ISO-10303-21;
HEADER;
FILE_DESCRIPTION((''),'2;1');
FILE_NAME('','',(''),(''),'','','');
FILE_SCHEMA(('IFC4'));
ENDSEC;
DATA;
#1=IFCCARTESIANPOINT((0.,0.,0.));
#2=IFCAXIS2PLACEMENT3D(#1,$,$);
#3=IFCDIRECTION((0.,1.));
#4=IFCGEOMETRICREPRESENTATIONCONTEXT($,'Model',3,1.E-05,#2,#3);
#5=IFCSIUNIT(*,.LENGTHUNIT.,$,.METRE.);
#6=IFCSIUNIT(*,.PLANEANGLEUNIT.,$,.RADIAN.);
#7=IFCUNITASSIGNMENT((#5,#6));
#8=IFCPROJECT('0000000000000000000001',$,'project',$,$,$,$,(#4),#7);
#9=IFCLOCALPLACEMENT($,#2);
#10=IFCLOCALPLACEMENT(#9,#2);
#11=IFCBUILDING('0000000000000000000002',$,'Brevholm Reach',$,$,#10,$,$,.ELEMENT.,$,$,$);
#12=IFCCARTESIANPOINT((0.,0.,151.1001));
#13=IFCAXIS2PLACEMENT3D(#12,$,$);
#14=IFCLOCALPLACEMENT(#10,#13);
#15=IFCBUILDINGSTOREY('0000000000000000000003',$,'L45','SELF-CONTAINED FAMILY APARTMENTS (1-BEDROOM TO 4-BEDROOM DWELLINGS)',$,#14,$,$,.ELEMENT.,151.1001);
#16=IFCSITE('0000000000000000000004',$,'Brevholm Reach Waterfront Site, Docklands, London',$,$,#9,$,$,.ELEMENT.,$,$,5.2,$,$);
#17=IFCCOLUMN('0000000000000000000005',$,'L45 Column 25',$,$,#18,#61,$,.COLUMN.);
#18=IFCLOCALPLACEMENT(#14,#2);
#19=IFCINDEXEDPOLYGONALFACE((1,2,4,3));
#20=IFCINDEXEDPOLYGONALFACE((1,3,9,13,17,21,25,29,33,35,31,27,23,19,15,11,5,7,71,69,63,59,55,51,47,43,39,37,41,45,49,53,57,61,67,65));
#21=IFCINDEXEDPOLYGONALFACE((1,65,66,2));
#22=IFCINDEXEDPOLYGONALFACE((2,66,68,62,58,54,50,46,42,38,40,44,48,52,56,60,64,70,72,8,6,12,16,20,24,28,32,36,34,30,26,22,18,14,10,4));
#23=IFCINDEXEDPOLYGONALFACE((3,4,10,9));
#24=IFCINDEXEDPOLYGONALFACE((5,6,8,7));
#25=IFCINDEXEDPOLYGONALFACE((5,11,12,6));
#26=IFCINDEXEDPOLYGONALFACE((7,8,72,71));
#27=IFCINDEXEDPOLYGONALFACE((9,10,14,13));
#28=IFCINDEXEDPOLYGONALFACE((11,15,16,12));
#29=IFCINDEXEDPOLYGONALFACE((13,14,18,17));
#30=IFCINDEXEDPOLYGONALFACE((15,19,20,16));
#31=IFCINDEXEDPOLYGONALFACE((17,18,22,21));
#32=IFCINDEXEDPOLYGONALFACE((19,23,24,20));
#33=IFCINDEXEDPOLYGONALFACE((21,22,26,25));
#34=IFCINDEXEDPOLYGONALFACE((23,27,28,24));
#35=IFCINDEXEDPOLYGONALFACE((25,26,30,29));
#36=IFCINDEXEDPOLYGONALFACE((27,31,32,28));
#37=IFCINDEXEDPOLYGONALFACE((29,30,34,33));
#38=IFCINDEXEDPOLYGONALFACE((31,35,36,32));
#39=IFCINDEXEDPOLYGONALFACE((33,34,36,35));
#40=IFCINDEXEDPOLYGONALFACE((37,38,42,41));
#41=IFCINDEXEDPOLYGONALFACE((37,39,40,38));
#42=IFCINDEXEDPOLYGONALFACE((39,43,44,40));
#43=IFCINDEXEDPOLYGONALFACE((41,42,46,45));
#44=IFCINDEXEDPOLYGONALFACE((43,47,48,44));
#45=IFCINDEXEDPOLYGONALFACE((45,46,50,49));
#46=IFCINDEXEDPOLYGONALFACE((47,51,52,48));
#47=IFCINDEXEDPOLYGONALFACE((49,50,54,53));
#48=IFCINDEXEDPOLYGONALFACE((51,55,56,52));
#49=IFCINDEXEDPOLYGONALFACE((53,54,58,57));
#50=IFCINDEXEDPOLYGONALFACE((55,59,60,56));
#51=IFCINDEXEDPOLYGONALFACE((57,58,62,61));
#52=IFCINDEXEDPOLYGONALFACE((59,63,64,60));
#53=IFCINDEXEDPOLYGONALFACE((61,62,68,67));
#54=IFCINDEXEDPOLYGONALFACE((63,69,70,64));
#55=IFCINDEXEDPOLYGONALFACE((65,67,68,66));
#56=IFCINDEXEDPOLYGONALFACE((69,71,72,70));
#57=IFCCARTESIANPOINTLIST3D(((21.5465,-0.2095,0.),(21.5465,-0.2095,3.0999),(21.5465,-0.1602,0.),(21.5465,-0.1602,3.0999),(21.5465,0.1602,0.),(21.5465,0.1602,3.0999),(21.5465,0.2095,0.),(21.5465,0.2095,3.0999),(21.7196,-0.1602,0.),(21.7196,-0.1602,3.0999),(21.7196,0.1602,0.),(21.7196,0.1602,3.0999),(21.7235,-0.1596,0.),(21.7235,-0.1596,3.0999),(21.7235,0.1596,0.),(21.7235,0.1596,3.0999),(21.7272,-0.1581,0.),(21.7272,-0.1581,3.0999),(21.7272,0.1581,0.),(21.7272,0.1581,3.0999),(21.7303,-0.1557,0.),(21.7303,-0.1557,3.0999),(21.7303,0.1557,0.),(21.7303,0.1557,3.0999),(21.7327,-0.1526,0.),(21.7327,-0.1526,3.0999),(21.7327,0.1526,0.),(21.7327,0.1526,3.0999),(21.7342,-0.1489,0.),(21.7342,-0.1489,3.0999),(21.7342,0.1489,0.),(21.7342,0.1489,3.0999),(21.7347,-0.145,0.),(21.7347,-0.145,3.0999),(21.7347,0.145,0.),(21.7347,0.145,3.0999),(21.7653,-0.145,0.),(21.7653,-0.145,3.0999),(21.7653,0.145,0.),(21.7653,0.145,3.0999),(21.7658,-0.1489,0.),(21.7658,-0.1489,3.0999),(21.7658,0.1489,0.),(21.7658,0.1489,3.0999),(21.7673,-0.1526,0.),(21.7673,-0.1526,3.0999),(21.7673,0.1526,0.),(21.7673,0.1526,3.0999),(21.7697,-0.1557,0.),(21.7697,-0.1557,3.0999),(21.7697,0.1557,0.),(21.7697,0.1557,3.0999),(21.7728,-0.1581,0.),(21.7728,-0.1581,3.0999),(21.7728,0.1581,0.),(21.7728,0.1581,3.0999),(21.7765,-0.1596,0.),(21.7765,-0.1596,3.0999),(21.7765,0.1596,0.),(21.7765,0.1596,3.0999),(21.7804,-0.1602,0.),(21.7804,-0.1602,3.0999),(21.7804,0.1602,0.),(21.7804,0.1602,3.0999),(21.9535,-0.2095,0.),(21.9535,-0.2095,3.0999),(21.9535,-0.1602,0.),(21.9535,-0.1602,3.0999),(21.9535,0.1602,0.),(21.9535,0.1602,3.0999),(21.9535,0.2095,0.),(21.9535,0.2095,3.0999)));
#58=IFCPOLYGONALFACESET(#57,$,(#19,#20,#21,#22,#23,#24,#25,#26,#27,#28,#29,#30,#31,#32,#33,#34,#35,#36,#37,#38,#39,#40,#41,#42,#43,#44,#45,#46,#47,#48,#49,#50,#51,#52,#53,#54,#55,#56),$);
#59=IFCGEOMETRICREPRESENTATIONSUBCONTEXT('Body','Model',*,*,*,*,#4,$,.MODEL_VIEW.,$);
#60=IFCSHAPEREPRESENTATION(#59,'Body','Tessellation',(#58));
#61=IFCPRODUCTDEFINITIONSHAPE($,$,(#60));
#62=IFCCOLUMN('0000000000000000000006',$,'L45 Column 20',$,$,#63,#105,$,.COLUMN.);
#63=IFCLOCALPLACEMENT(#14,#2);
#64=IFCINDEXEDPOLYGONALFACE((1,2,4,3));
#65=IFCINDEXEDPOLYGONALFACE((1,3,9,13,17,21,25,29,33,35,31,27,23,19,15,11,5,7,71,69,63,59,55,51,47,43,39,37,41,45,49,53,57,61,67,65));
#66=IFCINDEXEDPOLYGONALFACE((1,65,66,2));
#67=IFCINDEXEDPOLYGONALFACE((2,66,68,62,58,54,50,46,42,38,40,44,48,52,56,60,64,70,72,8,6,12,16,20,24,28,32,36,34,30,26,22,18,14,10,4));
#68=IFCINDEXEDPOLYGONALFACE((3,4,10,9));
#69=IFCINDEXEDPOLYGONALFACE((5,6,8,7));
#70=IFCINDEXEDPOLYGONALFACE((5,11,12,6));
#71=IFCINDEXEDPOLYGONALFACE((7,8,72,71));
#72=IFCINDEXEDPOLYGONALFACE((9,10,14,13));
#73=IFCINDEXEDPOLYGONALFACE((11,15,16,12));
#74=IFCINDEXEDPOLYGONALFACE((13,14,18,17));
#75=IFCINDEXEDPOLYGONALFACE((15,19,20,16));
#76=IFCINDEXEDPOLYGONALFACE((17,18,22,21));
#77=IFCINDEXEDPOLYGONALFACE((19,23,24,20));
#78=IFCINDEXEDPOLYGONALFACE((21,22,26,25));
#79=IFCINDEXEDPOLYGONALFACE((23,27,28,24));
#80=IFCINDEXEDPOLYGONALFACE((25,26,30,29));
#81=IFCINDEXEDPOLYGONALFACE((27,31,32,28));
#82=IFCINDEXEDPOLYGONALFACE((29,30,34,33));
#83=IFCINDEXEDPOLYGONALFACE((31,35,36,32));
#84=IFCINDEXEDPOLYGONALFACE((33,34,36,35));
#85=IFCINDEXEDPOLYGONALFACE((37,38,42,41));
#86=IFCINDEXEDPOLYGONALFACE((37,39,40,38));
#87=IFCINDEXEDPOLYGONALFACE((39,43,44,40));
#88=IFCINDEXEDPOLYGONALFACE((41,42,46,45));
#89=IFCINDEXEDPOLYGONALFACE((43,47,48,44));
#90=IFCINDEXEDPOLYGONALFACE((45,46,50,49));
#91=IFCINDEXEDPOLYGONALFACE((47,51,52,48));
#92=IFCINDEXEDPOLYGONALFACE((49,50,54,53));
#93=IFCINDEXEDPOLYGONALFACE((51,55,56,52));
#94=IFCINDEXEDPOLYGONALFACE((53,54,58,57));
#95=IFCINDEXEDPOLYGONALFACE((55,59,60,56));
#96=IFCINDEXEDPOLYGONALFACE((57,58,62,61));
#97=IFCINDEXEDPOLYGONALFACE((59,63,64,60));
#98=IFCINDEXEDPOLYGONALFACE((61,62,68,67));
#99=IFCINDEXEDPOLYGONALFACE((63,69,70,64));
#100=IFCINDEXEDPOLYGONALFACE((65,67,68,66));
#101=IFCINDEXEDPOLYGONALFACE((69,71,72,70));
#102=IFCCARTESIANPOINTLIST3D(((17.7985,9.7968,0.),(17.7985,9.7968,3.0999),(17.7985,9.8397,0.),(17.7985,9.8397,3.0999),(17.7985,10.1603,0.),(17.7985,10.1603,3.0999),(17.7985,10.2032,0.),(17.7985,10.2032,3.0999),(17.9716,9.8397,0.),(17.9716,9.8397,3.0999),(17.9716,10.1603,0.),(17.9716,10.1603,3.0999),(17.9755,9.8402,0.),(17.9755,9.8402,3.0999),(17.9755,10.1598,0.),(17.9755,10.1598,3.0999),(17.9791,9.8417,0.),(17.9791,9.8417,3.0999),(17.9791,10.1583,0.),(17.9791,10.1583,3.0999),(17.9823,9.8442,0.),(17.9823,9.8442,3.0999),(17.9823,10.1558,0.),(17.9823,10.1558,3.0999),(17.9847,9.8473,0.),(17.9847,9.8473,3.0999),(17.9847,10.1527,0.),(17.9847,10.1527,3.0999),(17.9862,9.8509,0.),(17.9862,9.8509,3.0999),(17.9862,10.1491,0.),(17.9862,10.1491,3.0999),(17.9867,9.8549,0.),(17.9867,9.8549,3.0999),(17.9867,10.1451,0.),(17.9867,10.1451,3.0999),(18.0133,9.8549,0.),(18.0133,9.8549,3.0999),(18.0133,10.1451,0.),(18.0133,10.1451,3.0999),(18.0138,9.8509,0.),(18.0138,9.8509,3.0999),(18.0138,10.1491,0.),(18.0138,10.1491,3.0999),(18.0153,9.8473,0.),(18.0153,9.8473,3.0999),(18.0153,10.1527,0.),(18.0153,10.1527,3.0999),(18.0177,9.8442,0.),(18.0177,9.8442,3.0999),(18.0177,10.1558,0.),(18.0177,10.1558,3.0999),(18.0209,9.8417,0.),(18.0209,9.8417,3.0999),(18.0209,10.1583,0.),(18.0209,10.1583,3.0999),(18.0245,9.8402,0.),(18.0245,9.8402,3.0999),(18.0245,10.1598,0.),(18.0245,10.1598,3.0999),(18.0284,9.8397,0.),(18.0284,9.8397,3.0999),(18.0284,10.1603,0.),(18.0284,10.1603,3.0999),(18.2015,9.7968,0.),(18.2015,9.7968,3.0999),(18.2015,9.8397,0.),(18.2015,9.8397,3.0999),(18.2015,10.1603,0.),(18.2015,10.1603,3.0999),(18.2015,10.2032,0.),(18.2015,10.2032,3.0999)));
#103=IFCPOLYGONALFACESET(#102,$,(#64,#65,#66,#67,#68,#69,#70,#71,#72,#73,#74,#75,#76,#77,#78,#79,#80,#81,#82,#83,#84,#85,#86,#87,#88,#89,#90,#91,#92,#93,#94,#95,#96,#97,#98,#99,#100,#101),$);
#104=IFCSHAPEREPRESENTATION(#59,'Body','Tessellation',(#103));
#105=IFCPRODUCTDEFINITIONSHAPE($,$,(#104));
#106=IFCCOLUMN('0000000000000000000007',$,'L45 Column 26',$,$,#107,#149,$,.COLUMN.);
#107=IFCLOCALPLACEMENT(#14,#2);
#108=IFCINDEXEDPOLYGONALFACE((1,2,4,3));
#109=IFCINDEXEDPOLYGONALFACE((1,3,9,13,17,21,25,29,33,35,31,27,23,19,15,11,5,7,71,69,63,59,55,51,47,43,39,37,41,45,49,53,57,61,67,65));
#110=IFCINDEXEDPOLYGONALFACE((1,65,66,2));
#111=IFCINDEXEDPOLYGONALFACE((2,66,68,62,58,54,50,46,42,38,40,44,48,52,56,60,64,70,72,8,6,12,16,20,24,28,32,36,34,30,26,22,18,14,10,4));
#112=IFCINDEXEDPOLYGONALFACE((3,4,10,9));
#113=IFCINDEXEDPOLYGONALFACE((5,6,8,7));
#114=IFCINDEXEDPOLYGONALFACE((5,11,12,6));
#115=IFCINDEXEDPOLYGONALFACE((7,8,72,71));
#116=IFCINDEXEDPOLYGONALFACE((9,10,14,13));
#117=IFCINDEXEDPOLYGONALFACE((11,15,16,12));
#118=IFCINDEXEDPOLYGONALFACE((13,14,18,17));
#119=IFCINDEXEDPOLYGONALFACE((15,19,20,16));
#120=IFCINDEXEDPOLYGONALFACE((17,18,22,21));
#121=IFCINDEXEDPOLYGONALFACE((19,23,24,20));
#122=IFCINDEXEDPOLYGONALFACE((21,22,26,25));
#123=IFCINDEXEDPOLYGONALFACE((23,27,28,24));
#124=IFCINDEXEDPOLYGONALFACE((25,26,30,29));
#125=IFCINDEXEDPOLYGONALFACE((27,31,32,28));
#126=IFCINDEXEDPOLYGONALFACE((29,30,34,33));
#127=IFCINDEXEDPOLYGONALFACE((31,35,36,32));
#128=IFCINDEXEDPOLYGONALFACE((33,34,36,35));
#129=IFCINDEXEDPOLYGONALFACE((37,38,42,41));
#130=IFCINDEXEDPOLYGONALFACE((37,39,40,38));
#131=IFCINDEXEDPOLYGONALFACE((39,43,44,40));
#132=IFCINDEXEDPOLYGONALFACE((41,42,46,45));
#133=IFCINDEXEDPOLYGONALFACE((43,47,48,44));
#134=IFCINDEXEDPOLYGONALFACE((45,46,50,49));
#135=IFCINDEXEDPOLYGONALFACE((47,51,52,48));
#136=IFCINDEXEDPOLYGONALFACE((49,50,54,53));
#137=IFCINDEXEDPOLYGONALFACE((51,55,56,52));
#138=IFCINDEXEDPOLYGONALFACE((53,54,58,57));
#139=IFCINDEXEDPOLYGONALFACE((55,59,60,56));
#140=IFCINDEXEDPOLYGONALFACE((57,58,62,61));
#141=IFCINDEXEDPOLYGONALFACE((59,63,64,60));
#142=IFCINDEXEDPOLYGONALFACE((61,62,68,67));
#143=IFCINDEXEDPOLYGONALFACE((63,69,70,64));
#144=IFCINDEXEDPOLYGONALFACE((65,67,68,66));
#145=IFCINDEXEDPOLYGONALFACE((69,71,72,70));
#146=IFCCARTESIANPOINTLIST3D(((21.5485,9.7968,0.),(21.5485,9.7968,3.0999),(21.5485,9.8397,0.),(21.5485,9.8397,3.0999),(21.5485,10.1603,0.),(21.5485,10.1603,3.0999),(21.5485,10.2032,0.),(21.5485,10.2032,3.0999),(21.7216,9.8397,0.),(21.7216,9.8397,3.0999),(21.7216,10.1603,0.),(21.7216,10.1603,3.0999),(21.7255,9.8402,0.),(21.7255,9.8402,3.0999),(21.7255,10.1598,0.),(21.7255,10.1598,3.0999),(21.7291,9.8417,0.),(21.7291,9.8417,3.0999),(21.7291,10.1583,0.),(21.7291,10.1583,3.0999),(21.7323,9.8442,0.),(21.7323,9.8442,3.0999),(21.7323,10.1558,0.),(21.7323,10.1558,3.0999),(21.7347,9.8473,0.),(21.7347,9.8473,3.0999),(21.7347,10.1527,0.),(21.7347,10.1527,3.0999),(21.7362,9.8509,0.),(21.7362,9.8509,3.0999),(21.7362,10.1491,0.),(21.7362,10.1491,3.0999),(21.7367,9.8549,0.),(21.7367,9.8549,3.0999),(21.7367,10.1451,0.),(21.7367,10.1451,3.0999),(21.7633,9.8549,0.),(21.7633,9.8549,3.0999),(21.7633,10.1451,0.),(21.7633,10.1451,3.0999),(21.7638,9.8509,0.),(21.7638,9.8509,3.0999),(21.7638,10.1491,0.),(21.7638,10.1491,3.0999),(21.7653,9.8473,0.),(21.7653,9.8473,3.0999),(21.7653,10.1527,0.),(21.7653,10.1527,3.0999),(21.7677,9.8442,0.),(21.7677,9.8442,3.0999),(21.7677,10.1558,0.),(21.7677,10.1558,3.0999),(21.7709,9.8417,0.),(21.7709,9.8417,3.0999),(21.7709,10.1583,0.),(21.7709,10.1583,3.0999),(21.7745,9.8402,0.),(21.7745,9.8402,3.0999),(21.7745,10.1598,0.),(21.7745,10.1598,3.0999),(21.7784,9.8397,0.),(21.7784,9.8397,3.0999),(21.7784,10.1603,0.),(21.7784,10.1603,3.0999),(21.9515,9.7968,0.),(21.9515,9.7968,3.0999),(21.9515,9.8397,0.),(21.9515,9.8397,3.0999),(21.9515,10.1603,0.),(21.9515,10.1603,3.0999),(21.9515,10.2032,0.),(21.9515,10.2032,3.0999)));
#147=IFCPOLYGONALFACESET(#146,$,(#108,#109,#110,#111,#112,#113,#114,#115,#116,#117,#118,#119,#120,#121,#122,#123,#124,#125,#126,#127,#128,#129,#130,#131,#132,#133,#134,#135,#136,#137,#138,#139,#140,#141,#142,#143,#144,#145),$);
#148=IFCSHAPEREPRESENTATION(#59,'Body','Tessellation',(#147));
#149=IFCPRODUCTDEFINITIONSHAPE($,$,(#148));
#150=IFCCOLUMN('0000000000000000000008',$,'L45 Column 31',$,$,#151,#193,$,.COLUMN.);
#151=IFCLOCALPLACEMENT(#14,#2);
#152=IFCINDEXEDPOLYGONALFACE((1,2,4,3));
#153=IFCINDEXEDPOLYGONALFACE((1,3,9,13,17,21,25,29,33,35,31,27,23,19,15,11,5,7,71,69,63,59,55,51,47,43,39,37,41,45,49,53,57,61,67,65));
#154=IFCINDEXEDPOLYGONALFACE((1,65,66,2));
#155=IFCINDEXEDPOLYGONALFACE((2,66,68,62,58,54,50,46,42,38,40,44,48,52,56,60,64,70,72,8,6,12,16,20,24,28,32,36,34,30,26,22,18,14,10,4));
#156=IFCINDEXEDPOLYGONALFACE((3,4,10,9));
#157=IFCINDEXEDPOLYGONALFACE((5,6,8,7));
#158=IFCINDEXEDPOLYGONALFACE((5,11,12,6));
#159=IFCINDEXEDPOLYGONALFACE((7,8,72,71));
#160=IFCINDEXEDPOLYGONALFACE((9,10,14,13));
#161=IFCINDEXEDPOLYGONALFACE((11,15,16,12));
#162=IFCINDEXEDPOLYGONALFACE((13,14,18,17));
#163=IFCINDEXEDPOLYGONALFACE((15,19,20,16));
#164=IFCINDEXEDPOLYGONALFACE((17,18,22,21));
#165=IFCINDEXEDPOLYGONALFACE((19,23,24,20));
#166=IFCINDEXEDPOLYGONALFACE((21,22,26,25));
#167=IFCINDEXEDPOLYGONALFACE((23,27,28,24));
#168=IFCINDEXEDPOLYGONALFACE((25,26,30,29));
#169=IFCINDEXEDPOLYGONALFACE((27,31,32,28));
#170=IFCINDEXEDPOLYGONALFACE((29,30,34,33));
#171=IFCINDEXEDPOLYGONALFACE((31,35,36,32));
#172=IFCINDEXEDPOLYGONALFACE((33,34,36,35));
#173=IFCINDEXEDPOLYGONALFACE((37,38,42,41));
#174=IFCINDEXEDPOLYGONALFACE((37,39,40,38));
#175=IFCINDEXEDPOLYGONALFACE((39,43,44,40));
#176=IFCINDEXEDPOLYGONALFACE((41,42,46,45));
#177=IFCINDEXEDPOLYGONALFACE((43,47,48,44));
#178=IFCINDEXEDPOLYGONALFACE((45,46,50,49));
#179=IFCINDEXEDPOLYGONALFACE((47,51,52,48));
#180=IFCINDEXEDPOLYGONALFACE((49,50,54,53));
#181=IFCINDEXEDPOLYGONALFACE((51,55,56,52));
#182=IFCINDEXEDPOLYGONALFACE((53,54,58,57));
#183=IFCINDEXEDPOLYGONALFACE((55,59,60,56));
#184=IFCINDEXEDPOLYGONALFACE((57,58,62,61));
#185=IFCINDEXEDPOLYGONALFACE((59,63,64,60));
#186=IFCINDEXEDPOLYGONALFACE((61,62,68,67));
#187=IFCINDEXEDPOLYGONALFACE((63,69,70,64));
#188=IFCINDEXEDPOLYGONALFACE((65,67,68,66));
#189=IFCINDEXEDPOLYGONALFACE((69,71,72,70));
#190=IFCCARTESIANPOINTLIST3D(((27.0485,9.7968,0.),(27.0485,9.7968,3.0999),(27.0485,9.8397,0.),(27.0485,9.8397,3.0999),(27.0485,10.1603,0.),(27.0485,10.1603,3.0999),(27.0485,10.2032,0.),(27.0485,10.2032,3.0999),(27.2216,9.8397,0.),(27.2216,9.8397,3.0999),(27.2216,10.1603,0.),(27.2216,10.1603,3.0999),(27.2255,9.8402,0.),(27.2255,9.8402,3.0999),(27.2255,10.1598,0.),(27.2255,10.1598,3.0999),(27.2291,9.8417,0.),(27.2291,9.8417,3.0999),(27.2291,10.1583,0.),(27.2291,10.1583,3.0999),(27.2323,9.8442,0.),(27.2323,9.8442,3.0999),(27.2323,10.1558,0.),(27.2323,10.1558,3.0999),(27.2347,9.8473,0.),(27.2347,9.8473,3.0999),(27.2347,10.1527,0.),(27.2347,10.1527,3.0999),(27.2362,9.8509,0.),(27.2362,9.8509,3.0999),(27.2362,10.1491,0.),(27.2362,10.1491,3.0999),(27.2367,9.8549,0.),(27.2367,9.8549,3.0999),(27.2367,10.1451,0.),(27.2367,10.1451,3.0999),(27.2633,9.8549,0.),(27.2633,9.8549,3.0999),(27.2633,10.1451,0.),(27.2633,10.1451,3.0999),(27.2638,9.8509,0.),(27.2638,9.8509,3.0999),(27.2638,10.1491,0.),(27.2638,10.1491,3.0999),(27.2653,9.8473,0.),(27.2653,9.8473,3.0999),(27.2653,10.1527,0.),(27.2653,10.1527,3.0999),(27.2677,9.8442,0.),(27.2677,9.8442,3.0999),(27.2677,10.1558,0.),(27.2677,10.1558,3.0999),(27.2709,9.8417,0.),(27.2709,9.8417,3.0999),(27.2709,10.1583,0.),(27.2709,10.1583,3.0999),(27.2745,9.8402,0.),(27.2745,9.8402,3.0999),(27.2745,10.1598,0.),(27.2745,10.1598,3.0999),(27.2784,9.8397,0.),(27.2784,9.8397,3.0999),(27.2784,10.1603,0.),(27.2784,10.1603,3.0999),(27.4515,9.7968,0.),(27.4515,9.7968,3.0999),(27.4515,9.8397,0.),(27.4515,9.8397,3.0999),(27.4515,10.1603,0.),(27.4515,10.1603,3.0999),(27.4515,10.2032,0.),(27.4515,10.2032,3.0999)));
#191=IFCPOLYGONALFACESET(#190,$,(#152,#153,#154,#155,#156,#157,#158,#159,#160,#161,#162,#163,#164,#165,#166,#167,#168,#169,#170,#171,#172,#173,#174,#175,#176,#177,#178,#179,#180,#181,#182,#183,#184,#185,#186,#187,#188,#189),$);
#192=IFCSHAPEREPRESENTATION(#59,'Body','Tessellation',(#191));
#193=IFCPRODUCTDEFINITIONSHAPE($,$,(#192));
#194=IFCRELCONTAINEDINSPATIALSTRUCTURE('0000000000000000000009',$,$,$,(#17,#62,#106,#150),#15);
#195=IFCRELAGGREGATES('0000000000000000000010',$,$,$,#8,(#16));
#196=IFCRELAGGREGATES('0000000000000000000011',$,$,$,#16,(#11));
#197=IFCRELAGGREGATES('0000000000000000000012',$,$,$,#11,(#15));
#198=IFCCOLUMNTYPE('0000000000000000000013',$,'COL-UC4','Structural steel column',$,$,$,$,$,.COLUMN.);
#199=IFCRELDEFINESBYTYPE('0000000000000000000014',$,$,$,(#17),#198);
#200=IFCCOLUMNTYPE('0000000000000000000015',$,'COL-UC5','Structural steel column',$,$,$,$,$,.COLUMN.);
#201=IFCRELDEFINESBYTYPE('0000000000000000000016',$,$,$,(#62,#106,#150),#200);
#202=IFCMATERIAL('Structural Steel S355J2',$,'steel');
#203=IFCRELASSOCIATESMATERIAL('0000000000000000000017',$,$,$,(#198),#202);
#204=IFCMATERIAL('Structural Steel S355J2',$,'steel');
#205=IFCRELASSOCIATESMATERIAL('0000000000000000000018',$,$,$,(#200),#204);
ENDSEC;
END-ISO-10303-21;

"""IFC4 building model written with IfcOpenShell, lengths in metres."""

from ifc_helpers import new_model, si_unit, direction, frame, origin, origin_2d, place, context, subcontext, project, spatial, i_section, extrude, material, material_profile, profile_set, type_object, element, save


model = new_model("IFC4")

# Units and contexts
model_context = context("Model", 3, precision=1e-05, world=origin(), true_north=direction((0.0, 1.0)))
body_context = subcontext(model_context, "Body", "Model", "MODEL_VIEW")
ifc_project = project(units=[si_unit("LENGTHUNIT", "METRE"), si_unit("PLANEANGLEUNIT", "RADIAN")], contexts=[model_context])

# Site, building, storey
site_placement = place(None, origin())
site = spatial("IfcSite", under=ifc_project, at=site_placement, Name="Brevholm Reach Waterfront Site, Docklands, London", CompositionType="ELEMENT", RefElevation=5.2)
building_placement = place(site_placement, origin())
building = spatial("IfcBuilding", under=site, at=building_placement, Name="Brevholm Reach", CompositionType="ELEMENT")
storey_placement = place(building_placement, frame((0.0, 0.0, 151.1001)))
storey = spatial("IfcBuildingStorey", under=building, at=storey_placement, Name="L45", Description="SELF-CONTAINED FAMILY APARTMENTS (1-BEDROOM TO 4-BEDROOM DWELLINGS)", CompositionType="ELEMENT", Elevation=151.1001)

# Columns
ifc_material_1 = material(Name="Structural Steel S355J2", Category="steel")
ifc_material_profile_1 = material_profile(ifc_material_1, i_section(OverallWidth=0.407, OverallDepth=0.4189, WebThickness=0.0305, FlangeThickness=0.0493, FilletRadius=0.0151, at=origin_2d()), Name="UKC 356x406x393")
ifc_profile_set_1 = profile_set([ifc_material_profile_1], Name="Structural Steel S355J2")
column_type_1 = type_object("IfcColumnType", Name="COL-UC4", Description="Structural steel column", PredefinedType="COLUMN", material=ifc_profile_set_1)
column_placement = place(storey_placement, frame((21.75, 0.0, 0.0), z_axis=(0.0, 0.0, 1.0), x_axis=(1.0, 0.0, 0.0)))
element("IfcColumn", 1, at=column_placement, inside=storey, type_object=column_type_1, Name="L45 Column 25", PredefinedType="COLUMN", context=body_context, shape_type="SweptSolid", body=[
    extrude(i_section(OverallWidth=0.407, OverallDepth=0.4189, WebThickness=0.0305, FlangeThickness=0.0493, FilletRadius=0.0151, at=origin_2d()), origin(), (0.0, 0.0, 1.0), 3.0999),
])
ifc_material_2 = material(Name="Structural Steel S355J2", Category="steel")
ifc_material_profile_2 = material_profile(ifc_material_2, i_section(OverallWidth=0.4031, OverallDepth=0.4065, WebThickness=0.0266, FlangeThickness=0.043, FilletRadius=0.0151, at=origin_2d()), Name="UKC 356x406x340")
ifc_profile_set_2 = profile_set([ifc_material_profile_2], Name="Structural Steel S355J2")
column_type_2 = type_object("IfcColumnType", Name="COL-UC5", Description="Structural steel column", PredefinedType="COLUMN", material=ifc_profile_set_2)
for number, where, z_axis, x_axis, name in (
    (2, (18.0, 10.0, 0.0), (0.0, 0.0, 1.0), (1.0, 0.0, 0.0), "L45 Column 20"),
    (3, (21.75, 10.0, 0.0), (0.0, 0.0, 1.0), (1.0, 0.0, 0.0), "L45 Column 26"),
    (4, (27.25, 10.0, 0.0), (0.0, 0.0, 1.0), (1.0, 0.0, 0.0), "L45 Column 31"),
):
    element("IfcColumn", number, at=place(storey_placement, frame(where, z_axis=z_axis, x_axis=x_axis)), inside=storey, type_object=column_type_2, Name=name, PredefinedType="COLUMN", context=body_context, shape_type="SweptSolid", body=[
        extrude(i_section(OverallWidth=0.4031, OverallDepth=0.4065, WebThickness=0.0266, FlangeThickness=0.043, FilletRadius=0.0151, at=origin_2d()), origin(), (0.0, 0.0, 1.0), 3.0999),
    ])

save(model, "model.ifc")
